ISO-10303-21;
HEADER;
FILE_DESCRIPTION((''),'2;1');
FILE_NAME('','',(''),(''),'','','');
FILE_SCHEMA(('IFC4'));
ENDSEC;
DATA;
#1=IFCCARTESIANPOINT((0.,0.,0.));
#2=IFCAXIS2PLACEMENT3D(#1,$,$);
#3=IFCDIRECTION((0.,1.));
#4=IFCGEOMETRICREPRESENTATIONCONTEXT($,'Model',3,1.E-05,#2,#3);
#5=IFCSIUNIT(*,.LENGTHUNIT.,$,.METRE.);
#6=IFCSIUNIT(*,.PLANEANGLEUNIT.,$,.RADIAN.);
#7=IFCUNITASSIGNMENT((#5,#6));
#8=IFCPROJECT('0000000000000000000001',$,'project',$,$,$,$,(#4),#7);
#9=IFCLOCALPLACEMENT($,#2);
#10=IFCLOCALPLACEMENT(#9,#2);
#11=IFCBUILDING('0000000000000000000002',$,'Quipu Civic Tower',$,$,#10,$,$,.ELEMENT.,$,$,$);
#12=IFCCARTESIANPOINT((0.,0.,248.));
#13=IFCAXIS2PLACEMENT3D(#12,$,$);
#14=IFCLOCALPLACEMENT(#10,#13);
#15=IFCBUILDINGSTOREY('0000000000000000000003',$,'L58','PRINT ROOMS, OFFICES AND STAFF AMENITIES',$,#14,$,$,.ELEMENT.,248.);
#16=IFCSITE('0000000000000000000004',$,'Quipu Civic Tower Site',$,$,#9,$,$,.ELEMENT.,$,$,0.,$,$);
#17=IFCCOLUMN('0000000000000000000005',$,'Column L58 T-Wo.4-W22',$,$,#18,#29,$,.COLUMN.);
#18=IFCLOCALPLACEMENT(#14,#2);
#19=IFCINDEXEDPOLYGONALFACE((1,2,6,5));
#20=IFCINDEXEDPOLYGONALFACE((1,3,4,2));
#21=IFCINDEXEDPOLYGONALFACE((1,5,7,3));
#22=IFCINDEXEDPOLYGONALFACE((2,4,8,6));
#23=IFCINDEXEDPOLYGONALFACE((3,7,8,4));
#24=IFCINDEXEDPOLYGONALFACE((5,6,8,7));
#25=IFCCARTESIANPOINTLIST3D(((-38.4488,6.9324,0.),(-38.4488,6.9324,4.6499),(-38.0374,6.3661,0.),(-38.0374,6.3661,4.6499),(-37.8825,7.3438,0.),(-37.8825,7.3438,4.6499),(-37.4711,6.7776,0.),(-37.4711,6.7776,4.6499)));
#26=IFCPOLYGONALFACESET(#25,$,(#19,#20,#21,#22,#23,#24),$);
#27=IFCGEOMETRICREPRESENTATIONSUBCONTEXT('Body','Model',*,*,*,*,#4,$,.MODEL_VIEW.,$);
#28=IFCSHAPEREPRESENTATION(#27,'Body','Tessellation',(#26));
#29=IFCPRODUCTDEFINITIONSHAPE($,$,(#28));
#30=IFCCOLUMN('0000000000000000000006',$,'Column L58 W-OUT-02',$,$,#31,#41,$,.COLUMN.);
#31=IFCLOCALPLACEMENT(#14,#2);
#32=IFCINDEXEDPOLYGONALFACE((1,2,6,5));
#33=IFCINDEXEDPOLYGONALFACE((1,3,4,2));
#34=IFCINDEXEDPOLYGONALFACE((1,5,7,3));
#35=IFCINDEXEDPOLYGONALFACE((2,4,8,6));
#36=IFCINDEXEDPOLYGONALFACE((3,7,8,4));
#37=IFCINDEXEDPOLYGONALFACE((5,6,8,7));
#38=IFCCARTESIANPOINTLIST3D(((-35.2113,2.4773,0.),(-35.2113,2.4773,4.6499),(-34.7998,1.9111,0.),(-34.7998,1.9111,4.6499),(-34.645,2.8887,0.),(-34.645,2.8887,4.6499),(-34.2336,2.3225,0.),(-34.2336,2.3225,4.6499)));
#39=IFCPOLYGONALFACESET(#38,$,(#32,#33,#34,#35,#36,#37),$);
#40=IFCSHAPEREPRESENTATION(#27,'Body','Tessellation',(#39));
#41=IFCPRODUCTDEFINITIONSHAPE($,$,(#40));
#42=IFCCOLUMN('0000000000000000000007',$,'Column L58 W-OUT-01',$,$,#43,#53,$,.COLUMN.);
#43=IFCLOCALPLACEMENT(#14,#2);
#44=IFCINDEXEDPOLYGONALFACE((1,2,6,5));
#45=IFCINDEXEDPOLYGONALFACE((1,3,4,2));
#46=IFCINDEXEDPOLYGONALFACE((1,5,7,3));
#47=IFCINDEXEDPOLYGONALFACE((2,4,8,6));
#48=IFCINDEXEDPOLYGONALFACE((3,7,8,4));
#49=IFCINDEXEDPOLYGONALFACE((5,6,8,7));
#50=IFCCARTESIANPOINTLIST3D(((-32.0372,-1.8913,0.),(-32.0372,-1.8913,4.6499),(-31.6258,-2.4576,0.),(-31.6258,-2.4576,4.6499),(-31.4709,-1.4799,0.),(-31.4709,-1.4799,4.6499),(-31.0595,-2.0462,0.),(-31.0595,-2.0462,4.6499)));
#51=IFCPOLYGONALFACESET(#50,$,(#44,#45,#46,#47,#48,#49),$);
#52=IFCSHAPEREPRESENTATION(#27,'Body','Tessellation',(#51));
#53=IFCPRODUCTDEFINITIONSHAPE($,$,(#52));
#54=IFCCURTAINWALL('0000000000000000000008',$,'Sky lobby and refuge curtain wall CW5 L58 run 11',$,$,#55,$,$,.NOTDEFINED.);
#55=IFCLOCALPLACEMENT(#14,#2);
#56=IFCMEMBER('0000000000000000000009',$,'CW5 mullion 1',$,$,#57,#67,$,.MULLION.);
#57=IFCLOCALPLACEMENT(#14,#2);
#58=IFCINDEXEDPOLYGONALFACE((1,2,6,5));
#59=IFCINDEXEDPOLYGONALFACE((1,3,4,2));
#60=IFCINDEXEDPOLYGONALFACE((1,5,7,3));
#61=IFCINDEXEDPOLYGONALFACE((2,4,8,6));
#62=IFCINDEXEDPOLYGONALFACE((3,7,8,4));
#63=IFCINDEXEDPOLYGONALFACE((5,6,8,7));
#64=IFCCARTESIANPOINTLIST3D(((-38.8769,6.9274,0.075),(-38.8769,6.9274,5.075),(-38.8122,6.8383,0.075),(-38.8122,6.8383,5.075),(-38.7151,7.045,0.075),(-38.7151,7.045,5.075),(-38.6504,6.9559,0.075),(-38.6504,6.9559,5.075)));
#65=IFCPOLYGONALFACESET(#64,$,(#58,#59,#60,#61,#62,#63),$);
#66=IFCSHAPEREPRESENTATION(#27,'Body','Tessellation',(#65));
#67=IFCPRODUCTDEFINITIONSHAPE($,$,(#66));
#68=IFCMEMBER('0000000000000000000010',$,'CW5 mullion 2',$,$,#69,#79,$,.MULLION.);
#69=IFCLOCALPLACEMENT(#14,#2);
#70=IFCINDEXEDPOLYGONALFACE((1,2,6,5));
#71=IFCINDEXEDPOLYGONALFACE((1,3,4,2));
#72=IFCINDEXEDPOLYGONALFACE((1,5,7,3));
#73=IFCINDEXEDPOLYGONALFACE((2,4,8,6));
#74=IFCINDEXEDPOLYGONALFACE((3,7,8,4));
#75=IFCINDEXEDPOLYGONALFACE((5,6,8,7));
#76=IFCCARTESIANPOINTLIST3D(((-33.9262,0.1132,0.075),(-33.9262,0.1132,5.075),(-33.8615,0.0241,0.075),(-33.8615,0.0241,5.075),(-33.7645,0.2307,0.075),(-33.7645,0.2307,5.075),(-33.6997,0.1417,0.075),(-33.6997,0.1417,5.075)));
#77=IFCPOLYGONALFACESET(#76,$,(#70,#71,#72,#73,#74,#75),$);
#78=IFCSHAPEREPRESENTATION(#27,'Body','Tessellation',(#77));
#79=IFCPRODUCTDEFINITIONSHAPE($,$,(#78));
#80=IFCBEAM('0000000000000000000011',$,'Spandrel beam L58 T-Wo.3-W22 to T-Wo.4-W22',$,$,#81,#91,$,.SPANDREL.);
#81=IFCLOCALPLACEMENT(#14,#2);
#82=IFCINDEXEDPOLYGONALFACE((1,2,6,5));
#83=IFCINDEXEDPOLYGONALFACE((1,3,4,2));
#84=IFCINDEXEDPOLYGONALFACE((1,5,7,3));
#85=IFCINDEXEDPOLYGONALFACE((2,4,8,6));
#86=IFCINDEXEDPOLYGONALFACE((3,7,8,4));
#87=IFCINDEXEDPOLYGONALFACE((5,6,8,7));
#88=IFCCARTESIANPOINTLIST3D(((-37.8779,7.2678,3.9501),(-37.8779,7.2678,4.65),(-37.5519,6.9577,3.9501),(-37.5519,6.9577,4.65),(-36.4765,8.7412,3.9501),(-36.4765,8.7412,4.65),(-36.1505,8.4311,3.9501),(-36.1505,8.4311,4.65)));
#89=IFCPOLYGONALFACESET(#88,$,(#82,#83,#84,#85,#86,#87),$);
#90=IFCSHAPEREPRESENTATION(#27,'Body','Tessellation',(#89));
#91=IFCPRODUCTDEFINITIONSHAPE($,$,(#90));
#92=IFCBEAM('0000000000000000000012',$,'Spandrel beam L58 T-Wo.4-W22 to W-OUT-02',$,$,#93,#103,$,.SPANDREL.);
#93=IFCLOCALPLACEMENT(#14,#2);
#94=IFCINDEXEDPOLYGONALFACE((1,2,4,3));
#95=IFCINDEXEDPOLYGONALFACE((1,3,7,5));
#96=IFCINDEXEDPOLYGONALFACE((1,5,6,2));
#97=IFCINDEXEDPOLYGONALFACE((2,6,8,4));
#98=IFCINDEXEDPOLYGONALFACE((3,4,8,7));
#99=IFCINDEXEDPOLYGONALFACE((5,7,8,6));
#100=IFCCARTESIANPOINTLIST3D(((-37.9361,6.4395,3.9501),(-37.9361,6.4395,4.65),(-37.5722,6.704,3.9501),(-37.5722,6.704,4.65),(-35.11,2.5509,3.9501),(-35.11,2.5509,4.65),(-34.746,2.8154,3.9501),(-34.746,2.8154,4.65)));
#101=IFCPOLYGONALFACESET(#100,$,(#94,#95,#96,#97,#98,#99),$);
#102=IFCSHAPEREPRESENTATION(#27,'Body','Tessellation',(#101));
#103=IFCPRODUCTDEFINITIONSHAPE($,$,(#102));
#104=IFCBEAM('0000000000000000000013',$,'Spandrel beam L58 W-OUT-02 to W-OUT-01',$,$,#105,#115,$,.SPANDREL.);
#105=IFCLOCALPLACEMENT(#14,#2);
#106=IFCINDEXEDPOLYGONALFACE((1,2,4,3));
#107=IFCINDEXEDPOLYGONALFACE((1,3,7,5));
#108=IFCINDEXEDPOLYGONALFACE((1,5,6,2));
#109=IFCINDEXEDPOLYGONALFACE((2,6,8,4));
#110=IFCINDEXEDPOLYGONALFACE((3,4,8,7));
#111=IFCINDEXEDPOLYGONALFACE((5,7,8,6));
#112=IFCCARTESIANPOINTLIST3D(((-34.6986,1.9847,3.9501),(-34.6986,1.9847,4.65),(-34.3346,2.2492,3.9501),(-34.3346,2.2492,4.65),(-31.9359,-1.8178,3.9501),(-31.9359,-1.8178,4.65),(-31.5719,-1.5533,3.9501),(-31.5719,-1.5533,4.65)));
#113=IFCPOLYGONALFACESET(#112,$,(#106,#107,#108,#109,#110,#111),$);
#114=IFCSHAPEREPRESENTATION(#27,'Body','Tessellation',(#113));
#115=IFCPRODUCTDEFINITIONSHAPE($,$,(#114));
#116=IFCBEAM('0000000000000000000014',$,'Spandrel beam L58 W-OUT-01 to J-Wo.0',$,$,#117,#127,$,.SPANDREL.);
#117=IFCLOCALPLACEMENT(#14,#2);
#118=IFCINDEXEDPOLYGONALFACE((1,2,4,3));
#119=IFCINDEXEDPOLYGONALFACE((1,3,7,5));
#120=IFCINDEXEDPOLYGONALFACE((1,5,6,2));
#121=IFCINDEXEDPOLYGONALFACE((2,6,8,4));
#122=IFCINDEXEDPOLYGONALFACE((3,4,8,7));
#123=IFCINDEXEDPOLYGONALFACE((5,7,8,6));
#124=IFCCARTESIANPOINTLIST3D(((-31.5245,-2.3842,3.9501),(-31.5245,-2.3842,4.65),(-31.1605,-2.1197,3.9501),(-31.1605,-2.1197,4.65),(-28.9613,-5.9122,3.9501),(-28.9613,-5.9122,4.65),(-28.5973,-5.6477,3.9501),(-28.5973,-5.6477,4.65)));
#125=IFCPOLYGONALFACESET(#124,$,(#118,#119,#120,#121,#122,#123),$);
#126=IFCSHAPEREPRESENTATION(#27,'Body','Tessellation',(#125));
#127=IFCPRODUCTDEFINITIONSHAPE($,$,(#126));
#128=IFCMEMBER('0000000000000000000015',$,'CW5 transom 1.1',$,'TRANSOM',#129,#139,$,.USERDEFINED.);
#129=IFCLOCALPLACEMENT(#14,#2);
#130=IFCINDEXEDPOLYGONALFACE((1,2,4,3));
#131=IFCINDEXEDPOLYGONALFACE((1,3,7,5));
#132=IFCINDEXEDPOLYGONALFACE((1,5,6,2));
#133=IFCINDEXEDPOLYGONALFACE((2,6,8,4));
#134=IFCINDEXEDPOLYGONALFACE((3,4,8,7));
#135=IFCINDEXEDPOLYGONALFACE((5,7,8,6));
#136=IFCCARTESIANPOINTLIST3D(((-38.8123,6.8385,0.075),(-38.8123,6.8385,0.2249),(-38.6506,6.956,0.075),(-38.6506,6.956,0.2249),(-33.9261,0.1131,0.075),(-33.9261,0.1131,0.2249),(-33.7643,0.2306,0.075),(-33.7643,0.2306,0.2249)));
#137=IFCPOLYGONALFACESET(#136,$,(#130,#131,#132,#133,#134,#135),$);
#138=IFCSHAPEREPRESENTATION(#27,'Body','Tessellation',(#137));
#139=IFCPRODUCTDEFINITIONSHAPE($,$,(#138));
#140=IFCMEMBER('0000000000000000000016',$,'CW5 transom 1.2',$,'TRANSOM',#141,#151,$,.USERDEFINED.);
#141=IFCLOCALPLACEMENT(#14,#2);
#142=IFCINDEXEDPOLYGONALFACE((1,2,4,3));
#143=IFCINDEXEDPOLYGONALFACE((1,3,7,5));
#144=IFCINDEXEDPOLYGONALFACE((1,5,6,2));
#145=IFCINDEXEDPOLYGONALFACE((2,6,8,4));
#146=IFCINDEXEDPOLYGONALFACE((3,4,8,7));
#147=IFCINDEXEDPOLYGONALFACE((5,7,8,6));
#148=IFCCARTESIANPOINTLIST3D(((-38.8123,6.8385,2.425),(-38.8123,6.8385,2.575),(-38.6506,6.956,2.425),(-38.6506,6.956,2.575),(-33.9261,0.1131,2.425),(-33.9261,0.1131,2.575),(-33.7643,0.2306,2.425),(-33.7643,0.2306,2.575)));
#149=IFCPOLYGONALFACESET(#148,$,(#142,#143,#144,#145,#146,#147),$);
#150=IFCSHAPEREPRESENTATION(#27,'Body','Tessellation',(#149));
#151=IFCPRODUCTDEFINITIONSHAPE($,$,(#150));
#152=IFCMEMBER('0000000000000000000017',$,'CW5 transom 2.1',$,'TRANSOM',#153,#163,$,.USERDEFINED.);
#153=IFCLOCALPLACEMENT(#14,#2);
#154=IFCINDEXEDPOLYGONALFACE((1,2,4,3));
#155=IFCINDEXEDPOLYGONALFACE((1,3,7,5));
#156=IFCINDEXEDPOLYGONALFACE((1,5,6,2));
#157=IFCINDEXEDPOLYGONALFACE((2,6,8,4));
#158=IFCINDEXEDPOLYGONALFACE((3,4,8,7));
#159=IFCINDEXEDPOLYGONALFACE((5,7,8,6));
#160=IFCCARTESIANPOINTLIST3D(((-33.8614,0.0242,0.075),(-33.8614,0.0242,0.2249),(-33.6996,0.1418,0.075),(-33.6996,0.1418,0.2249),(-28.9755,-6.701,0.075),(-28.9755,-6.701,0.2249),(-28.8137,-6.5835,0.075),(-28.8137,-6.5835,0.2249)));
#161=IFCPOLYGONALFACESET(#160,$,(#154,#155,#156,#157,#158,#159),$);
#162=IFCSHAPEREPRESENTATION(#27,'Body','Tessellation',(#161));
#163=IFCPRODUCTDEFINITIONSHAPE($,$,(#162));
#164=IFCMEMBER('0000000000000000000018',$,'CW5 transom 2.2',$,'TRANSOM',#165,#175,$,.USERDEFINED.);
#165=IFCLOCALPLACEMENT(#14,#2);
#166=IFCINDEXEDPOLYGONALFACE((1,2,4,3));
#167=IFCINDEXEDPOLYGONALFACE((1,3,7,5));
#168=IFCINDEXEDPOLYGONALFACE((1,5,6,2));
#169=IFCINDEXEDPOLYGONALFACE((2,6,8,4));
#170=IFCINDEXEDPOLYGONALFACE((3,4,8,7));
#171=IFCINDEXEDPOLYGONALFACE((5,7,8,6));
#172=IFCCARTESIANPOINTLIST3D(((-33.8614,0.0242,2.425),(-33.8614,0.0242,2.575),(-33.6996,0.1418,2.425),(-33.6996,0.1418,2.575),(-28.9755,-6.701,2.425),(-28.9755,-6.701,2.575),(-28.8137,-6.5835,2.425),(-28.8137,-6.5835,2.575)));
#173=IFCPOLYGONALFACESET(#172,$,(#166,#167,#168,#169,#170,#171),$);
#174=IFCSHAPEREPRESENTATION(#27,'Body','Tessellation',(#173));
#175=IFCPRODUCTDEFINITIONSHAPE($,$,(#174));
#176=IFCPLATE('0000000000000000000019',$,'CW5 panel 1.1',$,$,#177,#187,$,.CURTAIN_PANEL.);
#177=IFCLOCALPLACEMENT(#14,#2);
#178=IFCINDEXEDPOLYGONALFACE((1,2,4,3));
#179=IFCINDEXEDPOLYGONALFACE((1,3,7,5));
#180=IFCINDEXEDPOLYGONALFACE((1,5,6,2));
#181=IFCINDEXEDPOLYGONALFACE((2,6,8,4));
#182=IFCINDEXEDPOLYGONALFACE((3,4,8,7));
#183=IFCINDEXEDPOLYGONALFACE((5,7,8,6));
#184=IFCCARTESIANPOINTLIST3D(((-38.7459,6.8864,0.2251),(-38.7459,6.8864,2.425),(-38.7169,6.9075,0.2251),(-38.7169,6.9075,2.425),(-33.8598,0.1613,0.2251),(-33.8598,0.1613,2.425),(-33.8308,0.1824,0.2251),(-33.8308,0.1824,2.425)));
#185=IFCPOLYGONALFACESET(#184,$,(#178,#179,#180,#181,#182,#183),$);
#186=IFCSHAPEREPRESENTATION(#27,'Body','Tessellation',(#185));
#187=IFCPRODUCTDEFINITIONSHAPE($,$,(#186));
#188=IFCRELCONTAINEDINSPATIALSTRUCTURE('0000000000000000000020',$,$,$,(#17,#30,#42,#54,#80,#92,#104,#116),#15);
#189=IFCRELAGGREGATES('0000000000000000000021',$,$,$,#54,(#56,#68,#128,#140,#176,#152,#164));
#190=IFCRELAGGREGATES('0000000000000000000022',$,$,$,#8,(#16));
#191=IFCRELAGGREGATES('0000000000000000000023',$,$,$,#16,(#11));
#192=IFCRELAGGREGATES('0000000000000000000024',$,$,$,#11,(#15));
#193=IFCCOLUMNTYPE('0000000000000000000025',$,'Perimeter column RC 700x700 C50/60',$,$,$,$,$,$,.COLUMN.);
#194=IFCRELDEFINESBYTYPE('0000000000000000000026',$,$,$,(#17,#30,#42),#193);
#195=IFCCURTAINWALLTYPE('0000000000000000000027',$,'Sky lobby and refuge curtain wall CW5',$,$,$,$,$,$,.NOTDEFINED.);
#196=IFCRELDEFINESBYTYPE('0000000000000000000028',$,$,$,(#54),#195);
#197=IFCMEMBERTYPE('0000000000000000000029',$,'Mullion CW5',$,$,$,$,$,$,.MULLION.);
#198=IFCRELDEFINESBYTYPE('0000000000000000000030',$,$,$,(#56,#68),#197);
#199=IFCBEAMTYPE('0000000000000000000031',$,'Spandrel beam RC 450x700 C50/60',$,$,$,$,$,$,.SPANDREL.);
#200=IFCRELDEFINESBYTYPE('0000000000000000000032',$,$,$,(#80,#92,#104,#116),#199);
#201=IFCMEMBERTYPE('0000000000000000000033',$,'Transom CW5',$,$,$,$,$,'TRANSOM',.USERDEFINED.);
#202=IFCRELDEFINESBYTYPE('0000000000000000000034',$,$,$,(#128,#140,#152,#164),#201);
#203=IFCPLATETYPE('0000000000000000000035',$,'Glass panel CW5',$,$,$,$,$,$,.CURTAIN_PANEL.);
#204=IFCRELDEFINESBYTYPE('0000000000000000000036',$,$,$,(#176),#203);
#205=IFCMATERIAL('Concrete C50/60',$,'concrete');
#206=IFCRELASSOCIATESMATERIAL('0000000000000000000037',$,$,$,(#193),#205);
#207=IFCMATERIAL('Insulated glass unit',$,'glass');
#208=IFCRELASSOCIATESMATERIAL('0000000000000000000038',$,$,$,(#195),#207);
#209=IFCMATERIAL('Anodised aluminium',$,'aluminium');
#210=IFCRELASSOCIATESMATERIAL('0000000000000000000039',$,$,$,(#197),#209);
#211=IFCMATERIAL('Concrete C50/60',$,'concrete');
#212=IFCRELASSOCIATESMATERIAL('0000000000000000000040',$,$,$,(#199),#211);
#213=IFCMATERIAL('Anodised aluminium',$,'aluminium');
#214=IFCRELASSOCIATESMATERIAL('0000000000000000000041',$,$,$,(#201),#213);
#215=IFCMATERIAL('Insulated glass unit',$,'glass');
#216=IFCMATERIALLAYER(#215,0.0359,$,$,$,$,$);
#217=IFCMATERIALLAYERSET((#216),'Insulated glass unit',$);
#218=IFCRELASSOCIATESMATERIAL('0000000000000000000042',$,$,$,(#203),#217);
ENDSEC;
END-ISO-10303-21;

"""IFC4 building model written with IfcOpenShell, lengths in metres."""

from ifc_helpers import new_model, si_unit, direction, frame, origin, origin_2d, place, context, subcontext, project, spatial, rectangle, extrude, material, layer, layer_set, material_profile, profile_set, type_object, element, aggregate, save


model = new_model("IFC4")

# Units and contexts
model_context = context("Model", 3, precision=1e-05, world=origin(), true_north=direction((0.0, 1.0)))
body_context = subcontext(model_context, "Body", "Model", "MODEL_VIEW")
ifc_project = project(units=[si_unit("LENGTHUNIT", "METRE"), si_unit("PLANEANGLEUNIT", "RADIAN")], contexts=[model_context])

# Site, building, storey
site_placement = place(None, origin())
site = spatial("IfcSite", under=ifc_project, at=site_placement, Name="Quipu Civic Tower Site", CompositionType="ELEMENT", RefElevation=0.0)
building_placement = place(site_placement, origin())
building = spatial("IfcBuilding", under=site, at=building_placement, Name="Quipu Civic Tower", CompositionType="ELEMENT")
storey_placement = place(building_placement, frame((0.0, 0.0, 248.0)))
storey = spatial("IfcBuildingStorey", under=building, at=storey_placement, Name="L58", Description="PRINT ROOMS, OFFICES AND STAFF AMENITIES", CompositionType="ELEMENT", Elevation=248.0)

# Columns
ifc_material_1 = material(Name="Concrete C50/60", Category="concrete")
ifc_material_profile_1 = material_profile(ifc_material_1, rectangle(XDim=0.7, YDim=0.7, at=origin_2d()), Name="RC700x700")
ifc_profile_set_1 = profile_set([ifc_material_profile_1], Name="Concrete C50/60")
column_type = type_object("IfcColumnType", Name="Perimeter column RC 700x700 C50/60", PredefinedType="COLUMN", material=ifc_profile_set_1)
for number, where, z_axis, x_axis, name in (
    (1, (-37.96, 6.855, 0.0), (0.0, 0.0, 1.0), (0.587785, -0.809017, 0.0), "Column L58 T-Wo.4-W22"),
    (2, (-34.7224, 2.3999, 0.0), (0.0, 0.0, 1.0), (0.587785, -0.809017, 0.0), "Column L58 W-OUT-02"),
    (3, (-31.5483, -1.9688, 0.0), (0.0, 0.0, 1.0), (0.587785, -0.809017, 0.0), "Column L58 W-OUT-01"),
):
    element("IfcColumn", number, at=place(storey_placement, frame(where, z_axis=z_axis, x_axis=x_axis)), inside=storey, type_object=column_type, Name=name, PredefinedType="COLUMN", context=body_context, shape_type="SweptSolid", body=[
        extrude(rectangle(XDim=0.7, YDim=0.7, at=origin_2d()), origin(), (0.0, 0.0, 1.0), 4.6499),
    ])

# Curtain wall, members
ifc_material_2 = material(Name="Insulated glass unit", Category="glass")
curtain_wall_type = type_object("IfcCurtainWallType", Name="Sky lobby and refuge curtain wall CW5", PredefinedType="NOTDEFINED", material=ifc_material_2)
curtain_wall_placement = place(storey_placement, origin())
curtain_wall = element("IfcCurtainWall", 4, at=curtain_wall_placement, inside=storey, type_object=curtain_wall_type, Name="Sky lobby and refuge curtain wall CW5 L58 run 11", PredefinedType="NOTDEFINED")
ifc_material_3 = material(Name="Anodised aluminium", Category="aluminium")
ifc_material_profile_2 = material_profile(ifc_material_3, rectangle(XDim=0.2, YDim=0.1101, at=origin_2d()), Name="RECT 200x110")
ifc_profile_set_2 = profile_set([ifc_material_profile_2], Name="Anodised aluminium")
member_type_1 = type_object("IfcMemberType", Name="Mullion CW5", PredefinedType="MULLION", material=ifc_profile_set_2)
member_1_placement = place(storey_placement, frame((-38.7637, 6.9417, 0.075), z_axis=(0.0, 0.0, 1.0), x_axis=(0.809016, 0.587786, 0.0)))
member_1 = element("IfcMember", 5, at=member_1_placement, type_object=member_type_1, Name="CW5 mullion 1", PredefinedType="MULLION", context=body_context, shape_type="SweptSolid", body=[
    extrude(rectangle(XDim=0.2, YDim=0.1101, at=origin_2d()), origin(), (0.0, 0.0, 1.0), 5.0),
])
member_2_placement = place(storey_placement, frame((-33.813, 0.1274, 0.075), z_axis=(0.0, 0.0, 1.0), x_axis=(0.809016, 0.587786, 0.0)))
member_2 = element("IfcMember", 6, at=member_2_placement, type_object=member_type_1, Name="CW5 mullion 2", PredefinedType="MULLION", context=body_context, shape_type="SweptSolid", body=[
    extrude(rectangle(XDim=0.2, YDim=0.1101, at=origin_2d()), origin(), (0.0, 0.0, 1.0), 5.0),
])

# Beams
ifc_material_4 = material(Name="Concrete C50/60", Category="concrete")
ifc_material_profile_3 = material_profile(ifc_material_4, rectangle(XDim=0.45, YDim=0.7, at=origin_2d()), Name="RC450x700")
ifc_profile_set_3 = profile_set([ifc_material_profile_3], Name="Concrete C50/60")
beam_type = type_object("IfcBeamType", Name="Spandrel beam RC 450x700 C50/60", PredefinedType="SPANDREL", material=ifc_profile_set_3)
beam_1_placement = place(storey_placement, frame((-36.3135, 8.5862, 4.3), z_axis=(-0.689175, -0.724595, 0.0), x_axis=(0.724595, -0.689175, 0.0)))
element("IfcBeam", 7, at=beam_1_placement, inside=storey, type_object=beam_type, Name="Spandrel beam L58 T-Wo.3-W22 to T-Wo.4-W22", PredefinedType="SPANDREL", context=body_context, shape_type="SweptSolid", body=[
    extrude(rectangle(XDim=0.45, YDim=0.7, at=origin_2d()), origin(), (0.0, 0.0, 1.0), 2.0334),
])
beam_2_placement = place(storey_placement, frame((-37.7542, 6.5718, 4.3), z_axis=(0.587906, -0.808929, 0.0), x_axis=(0.808929, 0.587906, 0.0)))
element("IfcBeam", 8, at=beam_2_placement, inside=storey, type_object=beam_type, Name="Spandrel beam L58 T-Wo.4-W22 to W-OUT-02", PredefinedType="SPANDREL", context=body_context, shape_type="SweptSolid", body=[
    extrude(rectangle(XDim=0.45, YDim=0.7, at=origin_2d()), origin(), (0.0, 0.0, 1.0), 4.8071),
])
beam_3_placement = place(storey_placement, frame((-34.5166, 2.1169, 4.3), z_axis=(0.587789, -0.809015, 0.0), x_axis=(0.809015, 0.587789, 0.0)))
element("IfcBeam", 9, at=beam_3_placement, inside=storey, type_object=beam_type, Name="Spandrel beam L58 W-OUT-02 to W-OUT-01", PredefinedType="SPANDREL", context=body_context, shape_type="SweptSolid", body=[
    extrude(rectangle(XDim=0.45, YDim=0.7, at=origin_2d()), origin(), (0.0, 0.0, 1.0), 4.7002),
])
beam_4_placement = place(storey_placement, frame((-31.3425, -2.252, 4.3), z_axis=(0.587776, -0.809024, 0.0), x_axis=(0.809024, 0.587776, 0.0)))
element("IfcBeam", 10, at=beam_4_placement, inside=storey, type_object=beam_type, Name="Spandrel beam L58 W-OUT-01 to J-Wo.0", PredefinedType="SPANDREL", context=body_context, shape_type="SweptSolid", body=[
    extrude(rectangle(XDim=0.45, YDim=0.7, at=origin_2d()), origin(), (0.0, 0.0, 1.0), 4.3608),
])

# Members
ifc_material_5 = material(Name="Anodised aluminium", Category="aluminium")
ifc_material_profile_4 = material_profile(ifc_material_5, rectangle(XDim=0.2, YDim=0.1499, at=origin_2d()), Name="RECT 200x150")
ifc_profile_set_4 = profile_set([ifc_material_profile_4], Name="Anodised aluminium")
member_type_2 = type_object("IfcMemberType", Name="Transom CW5", ElementType="TRANSOM", PredefinedType="USERDEFINED", material=ifc_profile_set_4)
member_3_placement = place(storey_placement, frame((-38.7314, 6.8972, 0.1499), z_axis=(0.587784, -0.809018, 0.0), x_axis=(0.809018, 0.587784, 0.0)))
member_3 = element("IfcMember", 11, at=member_3_placement, type_object=member_type_2, Name="CW5 transom 1.1", ObjectType="TRANSOM", PredefinedType="USERDEFINED", context=body_context, shape_type="SweptSolid", body=[
    extrude(rectangle(XDim=0.2, YDim=0.1499, at=origin_2d()), origin(), (0.0, 0.0, 1.0), 8.313),
])
member_4_placement = place(storey_placement, frame((-38.7314, 6.8972, 2.5), z_axis=(0.587784, -0.809018, 0.0), x_axis=(0.809018, 0.587784, 0.0)))
member_4 = element("IfcMember", 12, at=member_4_placement, type_object=member_type_2, Name="CW5 transom 1.2", ObjectType="TRANSOM", PredefinedType="USERDEFINED", context=body_context, shape_type="SweptSolid", body=[
    extrude(rectangle(XDim=0.2, YDim=0.1499, at=origin_2d()), origin(), (0.0, 0.0, 1.0), 8.313),
])
member_5_placement = place(storey_placement, frame((-33.7805, 0.083, 0.1499), z_axis=(0.587765, -0.809032, 0.0), x_axis=(0.809032, 0.587765, 0.0)))
member_5 = element("IfcMember", 13, at=member_5_placement, type_object=member_type_2, Name="CW5 transom 2.1", ObjectType="TRANSOM", PredefinedType="USERDEFINED", context=body_context, shape_type="SweptSolid", body=[
    extrude(rectangle(XDim=0.2, YDim=0.1499, at=origin_2d()), origin(), (0.0, 0.0, 1.0), 8.3127),
])
member_6_placement = place(storey_placement, frame((-33.7805, 0.083, 2.5), z_axis=(0.587765, -0.809032, 0.0), x_axis=(0.809032, 0.587765, 0.0)))
member_6 = element("IfcMember", 14, at=member_6_placement, type_object=member_type_2, Name="CW5 transom 2.2", ObjectType="TRANSOM", PredefinedType="USERDEFINED", context=body_context, shape_type="SweptSolid", body=[
    extrude(rectangle(XDim=0.2, YDim=0.1499, at=origin_2d()), origin(), (0.0, 0.0, 1.0), 8.3127),
])

# Plate
ifc_material_6 = material(Name="Insulated glass unit", Category="glass")
ifc_layer = layer(ifc_material_6, 0.0359)
ifc_layer_set = layer_set([ifc_layer], Name="Insulated glass unit")
plate_type_1 = type_object("IfcPlateType", Name="Glass panel CW5", PredefinedType="CURTAIN_PANEL", material=ifc_layer_set)
plate_1_placement = place(storey_placement, frame((-36.2883, 3.5344, 0.2251), z_axis=(0.0, 0.0, 1.0), x_axis=(0.587786, -0.809016, 0.0)))
plate_1 = element("IfcPlate", 15, at=plate_1_placement, type_object=plate_type_1, Name="CW5 panel 1.1", PredefinedType="CURTAIN_PANEL", context=body_context, shape_type="SweptSolid", body=[
    extrude(rectangle(XDim=8.3127, YDim=0.0359, at=origin_2d()), origin(), (0.0, 0.0, 1.0), 2.2),
])
aggregate(curtain_wall, [member_1, member_2, member_3, member_4, plate_1, member_5, member_6])

save(model, "model.ifc")
